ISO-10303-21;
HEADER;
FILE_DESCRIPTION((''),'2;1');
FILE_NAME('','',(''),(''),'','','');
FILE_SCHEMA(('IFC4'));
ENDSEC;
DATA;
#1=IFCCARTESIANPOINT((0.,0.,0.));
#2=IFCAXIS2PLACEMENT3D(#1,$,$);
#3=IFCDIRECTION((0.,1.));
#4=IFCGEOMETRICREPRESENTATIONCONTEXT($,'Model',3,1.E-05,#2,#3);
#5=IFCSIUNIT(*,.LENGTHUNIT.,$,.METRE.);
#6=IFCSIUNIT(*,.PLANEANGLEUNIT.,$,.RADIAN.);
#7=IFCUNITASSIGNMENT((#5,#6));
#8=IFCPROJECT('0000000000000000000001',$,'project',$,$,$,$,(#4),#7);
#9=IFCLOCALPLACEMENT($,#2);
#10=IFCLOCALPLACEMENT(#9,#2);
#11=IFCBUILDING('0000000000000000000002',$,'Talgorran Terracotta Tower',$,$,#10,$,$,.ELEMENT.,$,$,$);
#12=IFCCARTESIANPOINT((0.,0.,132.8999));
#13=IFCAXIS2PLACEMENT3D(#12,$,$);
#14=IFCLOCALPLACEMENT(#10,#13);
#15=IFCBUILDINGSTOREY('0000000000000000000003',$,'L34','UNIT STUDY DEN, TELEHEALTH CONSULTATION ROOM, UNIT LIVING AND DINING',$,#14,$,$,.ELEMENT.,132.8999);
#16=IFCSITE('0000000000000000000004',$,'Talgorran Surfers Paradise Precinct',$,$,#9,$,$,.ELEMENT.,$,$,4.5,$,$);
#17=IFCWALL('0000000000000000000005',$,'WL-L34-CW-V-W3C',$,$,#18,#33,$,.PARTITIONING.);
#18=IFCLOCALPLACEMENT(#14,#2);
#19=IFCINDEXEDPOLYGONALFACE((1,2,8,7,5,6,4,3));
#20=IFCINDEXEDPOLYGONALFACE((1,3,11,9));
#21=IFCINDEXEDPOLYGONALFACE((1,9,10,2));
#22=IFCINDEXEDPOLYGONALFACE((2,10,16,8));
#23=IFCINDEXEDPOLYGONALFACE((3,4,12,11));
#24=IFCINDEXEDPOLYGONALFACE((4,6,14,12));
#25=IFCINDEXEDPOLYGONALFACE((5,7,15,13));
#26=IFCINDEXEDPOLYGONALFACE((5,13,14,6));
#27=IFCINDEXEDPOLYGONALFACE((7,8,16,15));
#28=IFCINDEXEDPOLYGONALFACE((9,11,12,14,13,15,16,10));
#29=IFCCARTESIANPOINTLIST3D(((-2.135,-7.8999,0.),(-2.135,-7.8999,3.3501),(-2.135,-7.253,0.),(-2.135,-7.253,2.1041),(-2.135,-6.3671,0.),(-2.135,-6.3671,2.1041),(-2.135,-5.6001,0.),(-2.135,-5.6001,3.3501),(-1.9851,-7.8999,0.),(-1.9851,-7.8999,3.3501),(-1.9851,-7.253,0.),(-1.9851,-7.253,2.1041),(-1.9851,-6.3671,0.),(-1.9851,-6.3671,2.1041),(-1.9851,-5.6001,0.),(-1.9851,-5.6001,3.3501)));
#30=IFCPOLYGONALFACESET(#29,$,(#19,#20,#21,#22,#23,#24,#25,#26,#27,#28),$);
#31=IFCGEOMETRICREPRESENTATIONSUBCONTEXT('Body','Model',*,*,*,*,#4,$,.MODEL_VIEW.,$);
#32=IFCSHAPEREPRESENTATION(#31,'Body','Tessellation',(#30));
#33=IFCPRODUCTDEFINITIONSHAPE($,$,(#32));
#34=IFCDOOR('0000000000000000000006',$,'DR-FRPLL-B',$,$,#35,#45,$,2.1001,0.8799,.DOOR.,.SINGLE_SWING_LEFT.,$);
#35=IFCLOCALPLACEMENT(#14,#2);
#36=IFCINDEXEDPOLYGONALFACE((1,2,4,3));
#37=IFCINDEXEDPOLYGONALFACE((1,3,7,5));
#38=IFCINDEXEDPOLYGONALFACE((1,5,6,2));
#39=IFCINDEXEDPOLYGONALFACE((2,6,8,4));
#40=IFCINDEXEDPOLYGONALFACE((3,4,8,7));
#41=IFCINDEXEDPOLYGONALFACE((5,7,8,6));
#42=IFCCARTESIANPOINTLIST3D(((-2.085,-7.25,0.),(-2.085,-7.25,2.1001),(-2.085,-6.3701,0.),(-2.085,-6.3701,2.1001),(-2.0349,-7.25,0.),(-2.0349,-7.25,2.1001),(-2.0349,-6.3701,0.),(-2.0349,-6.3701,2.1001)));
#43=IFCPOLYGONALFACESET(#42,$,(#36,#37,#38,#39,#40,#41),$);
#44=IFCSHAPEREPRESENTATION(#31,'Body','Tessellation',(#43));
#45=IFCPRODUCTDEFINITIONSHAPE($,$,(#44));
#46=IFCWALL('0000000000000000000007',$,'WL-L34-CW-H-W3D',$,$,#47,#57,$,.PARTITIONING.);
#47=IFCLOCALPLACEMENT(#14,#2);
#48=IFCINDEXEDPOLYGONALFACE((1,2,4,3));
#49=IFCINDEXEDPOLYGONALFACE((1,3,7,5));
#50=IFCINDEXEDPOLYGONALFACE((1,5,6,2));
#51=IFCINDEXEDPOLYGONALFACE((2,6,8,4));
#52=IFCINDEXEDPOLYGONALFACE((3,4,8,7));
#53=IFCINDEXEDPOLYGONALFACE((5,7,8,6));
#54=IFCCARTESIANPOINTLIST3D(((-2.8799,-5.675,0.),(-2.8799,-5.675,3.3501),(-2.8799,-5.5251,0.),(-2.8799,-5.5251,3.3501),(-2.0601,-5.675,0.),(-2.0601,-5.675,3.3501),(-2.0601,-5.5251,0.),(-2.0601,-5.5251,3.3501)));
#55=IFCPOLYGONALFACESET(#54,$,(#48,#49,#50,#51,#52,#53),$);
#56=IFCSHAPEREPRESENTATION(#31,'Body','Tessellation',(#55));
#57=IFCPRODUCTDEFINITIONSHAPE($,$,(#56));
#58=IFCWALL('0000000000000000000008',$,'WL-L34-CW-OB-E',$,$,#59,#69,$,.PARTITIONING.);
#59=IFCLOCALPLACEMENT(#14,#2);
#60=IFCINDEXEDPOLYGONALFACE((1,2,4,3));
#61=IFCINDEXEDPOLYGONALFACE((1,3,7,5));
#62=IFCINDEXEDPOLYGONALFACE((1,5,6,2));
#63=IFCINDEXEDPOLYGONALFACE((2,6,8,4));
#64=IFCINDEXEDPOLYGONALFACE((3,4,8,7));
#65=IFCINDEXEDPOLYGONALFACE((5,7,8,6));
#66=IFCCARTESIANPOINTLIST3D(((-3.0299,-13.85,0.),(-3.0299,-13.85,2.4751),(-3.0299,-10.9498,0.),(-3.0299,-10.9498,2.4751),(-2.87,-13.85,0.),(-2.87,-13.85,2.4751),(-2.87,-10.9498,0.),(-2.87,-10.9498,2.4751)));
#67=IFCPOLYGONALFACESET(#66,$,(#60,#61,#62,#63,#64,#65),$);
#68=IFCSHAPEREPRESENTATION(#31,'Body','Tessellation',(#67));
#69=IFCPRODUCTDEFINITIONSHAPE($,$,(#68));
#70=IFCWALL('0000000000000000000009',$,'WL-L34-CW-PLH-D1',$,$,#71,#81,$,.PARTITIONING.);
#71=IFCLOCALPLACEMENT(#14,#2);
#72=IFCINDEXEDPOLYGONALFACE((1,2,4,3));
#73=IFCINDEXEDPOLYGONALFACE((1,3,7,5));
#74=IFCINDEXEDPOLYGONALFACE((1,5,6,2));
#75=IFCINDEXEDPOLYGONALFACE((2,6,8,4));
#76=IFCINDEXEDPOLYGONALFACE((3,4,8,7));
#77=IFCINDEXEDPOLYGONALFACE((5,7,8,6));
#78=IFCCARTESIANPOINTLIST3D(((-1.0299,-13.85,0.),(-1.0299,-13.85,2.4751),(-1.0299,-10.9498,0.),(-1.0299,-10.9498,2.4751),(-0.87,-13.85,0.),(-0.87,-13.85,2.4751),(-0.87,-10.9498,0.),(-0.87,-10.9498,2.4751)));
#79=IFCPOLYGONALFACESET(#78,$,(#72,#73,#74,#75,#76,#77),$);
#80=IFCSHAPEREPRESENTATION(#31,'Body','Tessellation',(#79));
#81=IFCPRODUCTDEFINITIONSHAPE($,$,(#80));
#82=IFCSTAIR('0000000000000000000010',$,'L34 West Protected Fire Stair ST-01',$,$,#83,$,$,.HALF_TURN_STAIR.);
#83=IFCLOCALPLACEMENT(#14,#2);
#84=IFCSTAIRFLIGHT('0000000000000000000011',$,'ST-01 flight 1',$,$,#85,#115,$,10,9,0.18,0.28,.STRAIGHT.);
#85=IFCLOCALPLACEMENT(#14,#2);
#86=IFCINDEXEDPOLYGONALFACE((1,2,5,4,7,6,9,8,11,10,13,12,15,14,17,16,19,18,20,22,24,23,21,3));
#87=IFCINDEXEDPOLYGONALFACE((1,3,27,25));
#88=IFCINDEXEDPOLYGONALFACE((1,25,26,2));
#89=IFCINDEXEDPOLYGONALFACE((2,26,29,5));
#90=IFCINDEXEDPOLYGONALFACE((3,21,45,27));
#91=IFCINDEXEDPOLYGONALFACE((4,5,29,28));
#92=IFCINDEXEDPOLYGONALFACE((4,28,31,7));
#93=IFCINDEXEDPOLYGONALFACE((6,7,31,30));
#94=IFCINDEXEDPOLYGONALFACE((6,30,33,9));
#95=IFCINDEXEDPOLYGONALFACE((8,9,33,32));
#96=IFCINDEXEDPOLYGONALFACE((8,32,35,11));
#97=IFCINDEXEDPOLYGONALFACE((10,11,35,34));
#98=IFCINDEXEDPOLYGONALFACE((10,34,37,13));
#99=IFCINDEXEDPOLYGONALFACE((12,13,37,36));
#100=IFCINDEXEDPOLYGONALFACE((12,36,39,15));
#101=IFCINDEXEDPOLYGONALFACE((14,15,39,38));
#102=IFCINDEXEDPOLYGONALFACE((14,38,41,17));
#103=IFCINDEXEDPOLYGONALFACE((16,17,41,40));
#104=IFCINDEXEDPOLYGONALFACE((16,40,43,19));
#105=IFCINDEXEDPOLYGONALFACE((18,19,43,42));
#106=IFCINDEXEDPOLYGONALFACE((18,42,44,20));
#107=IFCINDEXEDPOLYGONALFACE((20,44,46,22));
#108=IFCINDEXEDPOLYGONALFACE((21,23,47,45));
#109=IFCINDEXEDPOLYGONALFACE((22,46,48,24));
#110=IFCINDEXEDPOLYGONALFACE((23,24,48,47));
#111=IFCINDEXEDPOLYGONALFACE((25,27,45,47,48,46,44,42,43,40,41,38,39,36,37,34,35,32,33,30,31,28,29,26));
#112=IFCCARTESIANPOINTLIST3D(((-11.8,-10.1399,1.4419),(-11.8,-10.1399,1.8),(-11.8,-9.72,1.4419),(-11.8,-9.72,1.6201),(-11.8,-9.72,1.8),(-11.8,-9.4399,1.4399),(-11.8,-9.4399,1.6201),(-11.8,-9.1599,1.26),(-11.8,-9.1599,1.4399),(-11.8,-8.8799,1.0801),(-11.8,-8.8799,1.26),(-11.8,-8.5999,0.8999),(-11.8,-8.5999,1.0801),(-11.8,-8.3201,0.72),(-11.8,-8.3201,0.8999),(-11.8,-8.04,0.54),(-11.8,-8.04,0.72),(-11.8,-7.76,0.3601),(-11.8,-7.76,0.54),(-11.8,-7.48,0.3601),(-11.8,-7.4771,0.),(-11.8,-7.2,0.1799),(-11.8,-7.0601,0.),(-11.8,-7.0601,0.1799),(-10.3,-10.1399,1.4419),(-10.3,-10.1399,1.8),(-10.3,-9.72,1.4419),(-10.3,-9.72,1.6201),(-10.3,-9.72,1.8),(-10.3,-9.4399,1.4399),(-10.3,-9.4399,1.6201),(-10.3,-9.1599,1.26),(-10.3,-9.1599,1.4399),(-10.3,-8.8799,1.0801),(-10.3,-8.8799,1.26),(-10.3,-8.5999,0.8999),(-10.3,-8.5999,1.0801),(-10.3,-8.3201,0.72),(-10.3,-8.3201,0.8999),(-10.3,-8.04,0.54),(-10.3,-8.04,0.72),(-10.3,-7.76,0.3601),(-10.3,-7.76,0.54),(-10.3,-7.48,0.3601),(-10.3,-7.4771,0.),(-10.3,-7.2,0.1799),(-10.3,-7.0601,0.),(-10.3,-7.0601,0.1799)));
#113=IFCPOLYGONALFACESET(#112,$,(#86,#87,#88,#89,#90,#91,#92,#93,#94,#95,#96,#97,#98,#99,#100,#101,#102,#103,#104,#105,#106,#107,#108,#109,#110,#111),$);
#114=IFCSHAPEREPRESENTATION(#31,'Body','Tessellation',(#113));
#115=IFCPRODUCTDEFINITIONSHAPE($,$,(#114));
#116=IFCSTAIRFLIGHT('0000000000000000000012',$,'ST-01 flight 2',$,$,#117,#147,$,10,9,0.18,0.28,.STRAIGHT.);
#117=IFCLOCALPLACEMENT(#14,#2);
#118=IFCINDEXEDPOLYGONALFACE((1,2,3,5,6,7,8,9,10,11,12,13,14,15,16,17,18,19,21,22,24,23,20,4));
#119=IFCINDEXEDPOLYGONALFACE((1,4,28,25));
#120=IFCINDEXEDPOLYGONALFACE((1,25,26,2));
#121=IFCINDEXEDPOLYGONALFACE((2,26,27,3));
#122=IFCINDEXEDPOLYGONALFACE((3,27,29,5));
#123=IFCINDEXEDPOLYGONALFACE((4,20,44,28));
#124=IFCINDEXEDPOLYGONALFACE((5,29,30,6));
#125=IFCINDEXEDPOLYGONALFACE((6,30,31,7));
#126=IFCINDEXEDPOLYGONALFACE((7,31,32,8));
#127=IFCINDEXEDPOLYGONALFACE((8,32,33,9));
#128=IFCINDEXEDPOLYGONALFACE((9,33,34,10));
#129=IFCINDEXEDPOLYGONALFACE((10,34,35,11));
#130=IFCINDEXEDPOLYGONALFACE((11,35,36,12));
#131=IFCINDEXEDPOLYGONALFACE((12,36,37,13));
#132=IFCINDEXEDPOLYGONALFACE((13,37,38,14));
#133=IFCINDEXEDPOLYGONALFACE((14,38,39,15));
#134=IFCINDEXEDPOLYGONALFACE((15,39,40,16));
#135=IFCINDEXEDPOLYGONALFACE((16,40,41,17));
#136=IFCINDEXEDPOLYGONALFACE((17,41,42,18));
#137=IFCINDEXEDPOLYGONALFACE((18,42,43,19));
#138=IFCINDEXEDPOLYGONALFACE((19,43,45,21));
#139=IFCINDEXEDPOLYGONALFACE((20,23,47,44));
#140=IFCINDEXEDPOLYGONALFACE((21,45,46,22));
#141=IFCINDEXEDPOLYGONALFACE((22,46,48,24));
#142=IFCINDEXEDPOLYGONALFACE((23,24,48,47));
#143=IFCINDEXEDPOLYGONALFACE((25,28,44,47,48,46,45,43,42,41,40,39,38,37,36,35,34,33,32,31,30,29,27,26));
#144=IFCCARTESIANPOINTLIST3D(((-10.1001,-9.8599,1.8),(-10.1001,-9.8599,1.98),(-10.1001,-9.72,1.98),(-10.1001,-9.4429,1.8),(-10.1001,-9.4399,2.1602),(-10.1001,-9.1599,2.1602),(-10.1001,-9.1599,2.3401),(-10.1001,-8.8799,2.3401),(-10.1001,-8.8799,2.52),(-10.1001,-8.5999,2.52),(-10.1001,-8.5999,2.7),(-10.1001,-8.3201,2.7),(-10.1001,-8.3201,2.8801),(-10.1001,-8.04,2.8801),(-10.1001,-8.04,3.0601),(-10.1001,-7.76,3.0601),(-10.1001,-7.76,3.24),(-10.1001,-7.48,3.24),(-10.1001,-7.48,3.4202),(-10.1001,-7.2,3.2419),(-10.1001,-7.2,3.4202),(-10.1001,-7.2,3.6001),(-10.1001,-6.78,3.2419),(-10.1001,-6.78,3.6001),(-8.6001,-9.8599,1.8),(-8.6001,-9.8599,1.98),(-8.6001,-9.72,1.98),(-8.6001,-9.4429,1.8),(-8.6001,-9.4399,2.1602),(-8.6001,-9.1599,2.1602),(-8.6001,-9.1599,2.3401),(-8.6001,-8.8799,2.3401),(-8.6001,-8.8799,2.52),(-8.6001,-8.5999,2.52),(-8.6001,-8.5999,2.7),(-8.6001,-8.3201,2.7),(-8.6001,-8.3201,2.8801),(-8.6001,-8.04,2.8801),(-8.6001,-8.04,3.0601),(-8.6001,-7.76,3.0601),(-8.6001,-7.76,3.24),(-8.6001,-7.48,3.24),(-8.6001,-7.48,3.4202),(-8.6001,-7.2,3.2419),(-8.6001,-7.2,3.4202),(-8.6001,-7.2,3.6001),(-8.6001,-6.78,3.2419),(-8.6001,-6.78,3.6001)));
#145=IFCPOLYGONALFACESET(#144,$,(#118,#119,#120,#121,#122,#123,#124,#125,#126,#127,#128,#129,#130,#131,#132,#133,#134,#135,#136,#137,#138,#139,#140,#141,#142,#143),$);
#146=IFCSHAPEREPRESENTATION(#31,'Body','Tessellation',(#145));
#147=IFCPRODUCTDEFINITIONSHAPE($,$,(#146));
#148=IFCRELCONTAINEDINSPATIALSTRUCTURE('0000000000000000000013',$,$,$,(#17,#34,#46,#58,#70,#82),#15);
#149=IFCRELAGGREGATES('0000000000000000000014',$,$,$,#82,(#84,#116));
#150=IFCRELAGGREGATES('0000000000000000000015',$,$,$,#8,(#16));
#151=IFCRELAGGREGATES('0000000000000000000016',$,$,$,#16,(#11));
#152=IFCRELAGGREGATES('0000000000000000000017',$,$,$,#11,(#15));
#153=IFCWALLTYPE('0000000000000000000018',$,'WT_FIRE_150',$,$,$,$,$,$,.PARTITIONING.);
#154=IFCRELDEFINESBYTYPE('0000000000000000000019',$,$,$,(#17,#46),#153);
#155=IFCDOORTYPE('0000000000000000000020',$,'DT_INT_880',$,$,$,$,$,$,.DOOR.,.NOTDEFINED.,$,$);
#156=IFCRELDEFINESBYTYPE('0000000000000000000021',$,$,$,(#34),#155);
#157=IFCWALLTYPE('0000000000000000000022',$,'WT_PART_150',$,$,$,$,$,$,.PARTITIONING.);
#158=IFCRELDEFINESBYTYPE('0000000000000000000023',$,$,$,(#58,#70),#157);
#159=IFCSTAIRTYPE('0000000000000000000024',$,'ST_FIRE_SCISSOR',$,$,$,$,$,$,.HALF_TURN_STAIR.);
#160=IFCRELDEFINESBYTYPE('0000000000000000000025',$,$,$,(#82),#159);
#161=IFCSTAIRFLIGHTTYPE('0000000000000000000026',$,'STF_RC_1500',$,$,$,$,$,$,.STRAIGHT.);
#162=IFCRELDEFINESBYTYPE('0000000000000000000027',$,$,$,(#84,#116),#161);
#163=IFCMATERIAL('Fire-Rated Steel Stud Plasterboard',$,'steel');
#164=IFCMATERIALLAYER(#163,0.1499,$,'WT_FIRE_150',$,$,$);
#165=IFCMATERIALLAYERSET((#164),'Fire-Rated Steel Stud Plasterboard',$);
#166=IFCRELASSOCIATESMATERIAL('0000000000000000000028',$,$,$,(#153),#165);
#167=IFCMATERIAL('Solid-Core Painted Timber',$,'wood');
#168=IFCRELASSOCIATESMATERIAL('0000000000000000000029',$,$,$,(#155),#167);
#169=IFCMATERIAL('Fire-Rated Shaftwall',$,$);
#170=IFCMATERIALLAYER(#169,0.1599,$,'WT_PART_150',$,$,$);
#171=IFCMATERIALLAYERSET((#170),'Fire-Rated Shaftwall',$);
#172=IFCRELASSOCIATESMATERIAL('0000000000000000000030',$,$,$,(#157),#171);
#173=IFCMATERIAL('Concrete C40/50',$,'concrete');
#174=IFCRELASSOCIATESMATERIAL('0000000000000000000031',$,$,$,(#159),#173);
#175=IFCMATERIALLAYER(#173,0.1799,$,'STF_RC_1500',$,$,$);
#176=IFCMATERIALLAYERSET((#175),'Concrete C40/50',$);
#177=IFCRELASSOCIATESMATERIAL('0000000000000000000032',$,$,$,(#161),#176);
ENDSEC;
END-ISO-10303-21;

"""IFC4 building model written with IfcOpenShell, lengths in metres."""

from ifc_helpers import new_model, si_unit, direction, frame, frame_2d, origin, place, context, subcontext, project, spatial, polyline, rectangle, outline, extrude, material, layer, layer_set, type_object, element, fill, aggregate, save


model = new_model("IFC4")

# Units and contexts
model_context = context("Model", 3, precision=1e-05, world=origin(), true_north=direction((0.0, 1.0)))
body_context = subcontext(model_context, "Body", "Model", "MODEL_VIEW")
ifc_project = project(units=[si_unit("LENGTHUNIT", "METRE"), si_unit("PLANEANGLEUNIT", "RADIAN")], contexts=[model_context])

# Site, building, storey
site_placement = place(None, origin())
site = spatial("IfcSite", under=ifc_project, at=site_placement, Name="Talgorran Surfers Paradise Precinct", CompositionType="ELEMENT", RefElevation=4.5)
building_placement = place(site_placement, origin())
building = spatial("IfcBuilding", under=site, at=building_placement, Name="Talgorran Terracotta Tower", CompositionType="ELEMENT")
storey_placement = place(building_placement, frame((0.0, 0.0, 132.8999)))
storey = spatial("IfcBuildingStorey", under=building, at=storey_placement, Name="L34", Description="UNIT STUDY DEN, TELEHEALTH CONSULTATION ROOM, UNIT LIVING AND DINING", CompositionType="ELEMENT", Elevation=132.8999)

# Shared definitions
ifc_material_1 = material(Name="Fire-Rated Steel Stud Plasterboard", Category="steel")
ifc_layer_1 = layer(ifc_material_1, 0.1499, Name="WT_FIRE_150")
ifc_layer_set_1 = layer_set([ifc_layer_1], Name="Fire-Rated Steel Stud Plasterboard")
wall_type_1 = type_object("IfcWallType", Name="WT_FIRE_150", PredefinedType="PARTITIONING", material=ifc_layer_set_1)

# Wall, opening, door
wall_1_placement = place(storey_placement, frame((-2.0601, -7.8999, 0.0), z_axis=(0.0, 0.0, 1.0), x_axis=(0.0, 1.0, 0.0)))
wall_1 = element("IfcWall", 1, at=wall_1_placement, inside=storey, type_object=wall_type_1, Name="WL-L34-CW-V-W3C", PredefinedType="PARTITIONING", context=body_context, shape_type="SweptSolid", body=[
    extrude(rectangle(XDim=2.2998, YDim=0.1499, at=frame_2d((1.1499, 0.0))), origin(), (0.0, 0.0, 1.0), 3.3501),
])
opening_1_placement = place(wall_1_placement, frame((0.6499, 0.0, 0.0)))
opening_1 = element("IfcOpeningElement", 2, at=opening_1_placement, cuts=wall_1, PredefinedType="OPENING", context=body_context, shape_type="SweptSolid", body=[
    extrude(rectangle(XDim=0.8859, YDim=2.1041, at=frame_2d((0.4399, 1.052))), frame((0.0, 0.085, 0.0), z_axis=(0.0, -1.0, 0.0), x_axis=(1.0, 0.0, 0.0)), (0.0, 0.0, 1.0), 0.1699),
])
ifc_material_2 = material(Name="Solid-Core Painted Timber", Category="wood")
door_type_1 = type_object("IfcDoorType", Name="DT_INT_880", OperationType="NOTDEFINED", PredefinedType="DOOR", material=ifc_material_2)
door_1_placement = place(opening_1_placement, origin())
door_1 = element("IfcDoor", 3, at=door_1_placement, inside=storey, type_object=door_type_1, Name="DR-FRPLL-B", OperationType="SINGLE_SWING_LEFT", OverallHeight=2.1001, OverallWidth=0.8799, PredefinedType="DOOR", context=body_context, shape_type="SweptSolid", body=[
    extrude(rectangle(XDim=0.8799, YDim=2.1001, at=frame_2d((0.4399, 1.05))), frame((0.0, 0.0249, 0.0), z_axis=(0.0, -1.0, 0.0), x_axis=(1.0, 0.0, 0.0)), (0.0, 0.0, 1.0), 0.05),
])
fill(opening_1, door_1)

# Walls
wall_2_placement = place(storey_placement, frame((-2.8799, -5.6001, 0.0), z_axis=(0.0, 0.0, 1.0), x_axis=(1.0, 0.0, 0.0)))
element("IfcWall", 4, at=wall_2_placement, inside=storey, type_object=wall_type_1, Name="WL-L34-CW-H-W3D", PredefinedType="PARTITIONING", context=body_context, shape_type="SweptSolid", body=[
    extrude(rectangle(XDim=0.8198, YDim=0.1499, at=frame_2d((0.4099, 0.0))), origin(), (0.0, 0.0, 1.0), 3.3501),
])
ifc_material_3 = material(Name="Fire-Rated Shaftwall")
ifc_layer_2 = layer(ifc_material_3, 0.1599, Name="WT_PART_150")
ifc_layer_set_2 = layer_set([ifc_layer_2], Name="Fire-Rated Shaftwall")
wall_type_2 = type_object("IfcWallType", Name="WT_PART_150", PredefinedType="PARTITIONING", material=ifc_layer_set_2)
for number, where, z_axis, x_axis, name in (
    (5, (-2.95, -13.8501, 0.0), (0.0, 0.0, 1.0), (0.0, 1.0, 0.0), "WL-L34-CW-OB-E"),
    (6, (-0.95, -13.8501, 0.0), (0.0, 0.0, 1.0), (0.0, 1.0, 0.0), "WL-L34-CW-PLH-D1"),
):
    element("IfcWall", number, at=place(storey_placement, frame(where, z_axis=z_axis, x_axis=x_axis)), inside=storey, type_object=wall_type_2, Name=name, PredefinedType="PARTITIONING", context=body_context, shape_type="SweptSolid", body=[
        extrude(rectangle(XDim=2.9001, YDim=0.1599, at=frame_2d((1.4502, 0.0))), origin(), (0.0, 0.0, 1.0), 2.4751),
    ])

# Stair, stair flights
ifc_material_4 = material(Name="Concrete C40/50", Category="concrete")
stair_type = type_object("IfcStairType", Name="ST_FIRE_SCISSOR", PredefinedType="HALF_TURN_STAIR", material=ifc_material_4)
stair_placement = place(storey_placement, origin())
stair = element("IfcStair", 7, at=stair_placement, inside=storey, type_object=stair_type, Name="L34 West Protected Fire Stair ST-01", PredefinedType="HALF_TURN_STAIR")
ifc_layer_3 = layer(ifc_material_4, 0.1799, Name="STF_RC_1500")
ifc_layer_set_3 = layer_set([ifc_layer_3], Name="Concrete C40/50")
stair_flight_type = type_object("IfcStairFlightType", Name="STF_RC_1500", PredefinedType="STRAIGHT", material=ifc_layer_set_3)
stair_flight_1_placement = place(storey_placement, frame((-11.05, -7.2, 0.0), z_axis=(0.0, 0.0, 1.0), x_axis=(0.0, -1.0, 0.0)))
stair_flight_1 = element("IfcStairFlight", 8, at=stair_flight_1_placement, type_object=stair_flight_type, Name="ST-01 flight 1", NumberOfRisers=10, NumberOfTreads=9, PredefinedType="STRAIGHT", RiserHeight=0.18, TreadLength=0.28, context=body_context, shape_type="SweptSolid", body=[
    extrude(outline(polyline([(-0.1399, 0.0), (-0.1399, 0.1799), (0.0, 0.1799), (0.28, 0.3601), (0.5601, 0.3601), (0.5601, 0.54), (0.8401, 0.54), (0.8401, 0.72), (1.1201, 0.72), (1.1201, 0.8999), (1.3999, 0.8999), (1.3999, 1.0801), (1.6799, 1.0801), (1.6799, 1.26), (1.96, 1.26), (1.96, 1.4399), (2.24, 1.4399), (2.24, 1.6201), (2.52, 1.6201), (2.52, 1.8), (2.9399, 1.8), (2.9399, 1.4419), (2.52, 1.4419), (0.2771, 0.0), (-0.1399, 0.0)])), frame((0.0, 0.75, 0.0), z_axis=(0.0, -1.0, 0.0), x_axis=(1.0, 0.0, 0.0)), (0.0, 0.0, 1.0), 1.5),
])
stair_flight_2_placement = place(storey_placement, frame((-9.3501, -9.72, 1.8), z_axis=(0.0, 0.0, 1.0), x_axis=(0.0, 1.0, 0.0)))
stair_flight_2 = element("IfcStairFlight", 9, at=stair_flight_2_placement, type_object=stair_flight_type, Name="ST-01 flight 2", NumberOfRisers=10, NumberOfTreads=9, PredefinedType="STRAIGHT", RiserHeight=0.18, TreadLength=0.28, context=body_context, shape_type="SweptSolid", body=[
    extrude(outline(polyline([(-0.1399, 0.0), (-0.1399, 0.1799), (0.0, 0.1799), (0.28, 0.3601), (0.5601, 0.3601), (0.5601, 0.54), (0.8401, 0.54), (0.8401, 0.72), (1.1201, 0.72), (1.1201, 0.8999), (1.3999, 0.8999), (1.3999, 1.0801), (1.6799, 1.0801), (1.6799, 1.26), (1.96, 1.26), (1.96, 1.4399), (2.24, 1.4399), (2.24, 1.6201), (2.52, 1.6201), (2.52, 1.8), (2.9399, 1.8), (2.9399, 1.4419), (2.52, 1.4419), (0.2771, 0.0), (-0.1399, 0.0)])), frame((0.0, 0.75, 0.0), z_axis=(0.0, -1.0, 0.0), x_axis=(1.0, 0.0, 0.0)), (0.0, 0.0, 1.0), 1.5),
])
aggregate(stair, [stair_flight_1, stair_flight_2])

save(model, "model.ifc")
